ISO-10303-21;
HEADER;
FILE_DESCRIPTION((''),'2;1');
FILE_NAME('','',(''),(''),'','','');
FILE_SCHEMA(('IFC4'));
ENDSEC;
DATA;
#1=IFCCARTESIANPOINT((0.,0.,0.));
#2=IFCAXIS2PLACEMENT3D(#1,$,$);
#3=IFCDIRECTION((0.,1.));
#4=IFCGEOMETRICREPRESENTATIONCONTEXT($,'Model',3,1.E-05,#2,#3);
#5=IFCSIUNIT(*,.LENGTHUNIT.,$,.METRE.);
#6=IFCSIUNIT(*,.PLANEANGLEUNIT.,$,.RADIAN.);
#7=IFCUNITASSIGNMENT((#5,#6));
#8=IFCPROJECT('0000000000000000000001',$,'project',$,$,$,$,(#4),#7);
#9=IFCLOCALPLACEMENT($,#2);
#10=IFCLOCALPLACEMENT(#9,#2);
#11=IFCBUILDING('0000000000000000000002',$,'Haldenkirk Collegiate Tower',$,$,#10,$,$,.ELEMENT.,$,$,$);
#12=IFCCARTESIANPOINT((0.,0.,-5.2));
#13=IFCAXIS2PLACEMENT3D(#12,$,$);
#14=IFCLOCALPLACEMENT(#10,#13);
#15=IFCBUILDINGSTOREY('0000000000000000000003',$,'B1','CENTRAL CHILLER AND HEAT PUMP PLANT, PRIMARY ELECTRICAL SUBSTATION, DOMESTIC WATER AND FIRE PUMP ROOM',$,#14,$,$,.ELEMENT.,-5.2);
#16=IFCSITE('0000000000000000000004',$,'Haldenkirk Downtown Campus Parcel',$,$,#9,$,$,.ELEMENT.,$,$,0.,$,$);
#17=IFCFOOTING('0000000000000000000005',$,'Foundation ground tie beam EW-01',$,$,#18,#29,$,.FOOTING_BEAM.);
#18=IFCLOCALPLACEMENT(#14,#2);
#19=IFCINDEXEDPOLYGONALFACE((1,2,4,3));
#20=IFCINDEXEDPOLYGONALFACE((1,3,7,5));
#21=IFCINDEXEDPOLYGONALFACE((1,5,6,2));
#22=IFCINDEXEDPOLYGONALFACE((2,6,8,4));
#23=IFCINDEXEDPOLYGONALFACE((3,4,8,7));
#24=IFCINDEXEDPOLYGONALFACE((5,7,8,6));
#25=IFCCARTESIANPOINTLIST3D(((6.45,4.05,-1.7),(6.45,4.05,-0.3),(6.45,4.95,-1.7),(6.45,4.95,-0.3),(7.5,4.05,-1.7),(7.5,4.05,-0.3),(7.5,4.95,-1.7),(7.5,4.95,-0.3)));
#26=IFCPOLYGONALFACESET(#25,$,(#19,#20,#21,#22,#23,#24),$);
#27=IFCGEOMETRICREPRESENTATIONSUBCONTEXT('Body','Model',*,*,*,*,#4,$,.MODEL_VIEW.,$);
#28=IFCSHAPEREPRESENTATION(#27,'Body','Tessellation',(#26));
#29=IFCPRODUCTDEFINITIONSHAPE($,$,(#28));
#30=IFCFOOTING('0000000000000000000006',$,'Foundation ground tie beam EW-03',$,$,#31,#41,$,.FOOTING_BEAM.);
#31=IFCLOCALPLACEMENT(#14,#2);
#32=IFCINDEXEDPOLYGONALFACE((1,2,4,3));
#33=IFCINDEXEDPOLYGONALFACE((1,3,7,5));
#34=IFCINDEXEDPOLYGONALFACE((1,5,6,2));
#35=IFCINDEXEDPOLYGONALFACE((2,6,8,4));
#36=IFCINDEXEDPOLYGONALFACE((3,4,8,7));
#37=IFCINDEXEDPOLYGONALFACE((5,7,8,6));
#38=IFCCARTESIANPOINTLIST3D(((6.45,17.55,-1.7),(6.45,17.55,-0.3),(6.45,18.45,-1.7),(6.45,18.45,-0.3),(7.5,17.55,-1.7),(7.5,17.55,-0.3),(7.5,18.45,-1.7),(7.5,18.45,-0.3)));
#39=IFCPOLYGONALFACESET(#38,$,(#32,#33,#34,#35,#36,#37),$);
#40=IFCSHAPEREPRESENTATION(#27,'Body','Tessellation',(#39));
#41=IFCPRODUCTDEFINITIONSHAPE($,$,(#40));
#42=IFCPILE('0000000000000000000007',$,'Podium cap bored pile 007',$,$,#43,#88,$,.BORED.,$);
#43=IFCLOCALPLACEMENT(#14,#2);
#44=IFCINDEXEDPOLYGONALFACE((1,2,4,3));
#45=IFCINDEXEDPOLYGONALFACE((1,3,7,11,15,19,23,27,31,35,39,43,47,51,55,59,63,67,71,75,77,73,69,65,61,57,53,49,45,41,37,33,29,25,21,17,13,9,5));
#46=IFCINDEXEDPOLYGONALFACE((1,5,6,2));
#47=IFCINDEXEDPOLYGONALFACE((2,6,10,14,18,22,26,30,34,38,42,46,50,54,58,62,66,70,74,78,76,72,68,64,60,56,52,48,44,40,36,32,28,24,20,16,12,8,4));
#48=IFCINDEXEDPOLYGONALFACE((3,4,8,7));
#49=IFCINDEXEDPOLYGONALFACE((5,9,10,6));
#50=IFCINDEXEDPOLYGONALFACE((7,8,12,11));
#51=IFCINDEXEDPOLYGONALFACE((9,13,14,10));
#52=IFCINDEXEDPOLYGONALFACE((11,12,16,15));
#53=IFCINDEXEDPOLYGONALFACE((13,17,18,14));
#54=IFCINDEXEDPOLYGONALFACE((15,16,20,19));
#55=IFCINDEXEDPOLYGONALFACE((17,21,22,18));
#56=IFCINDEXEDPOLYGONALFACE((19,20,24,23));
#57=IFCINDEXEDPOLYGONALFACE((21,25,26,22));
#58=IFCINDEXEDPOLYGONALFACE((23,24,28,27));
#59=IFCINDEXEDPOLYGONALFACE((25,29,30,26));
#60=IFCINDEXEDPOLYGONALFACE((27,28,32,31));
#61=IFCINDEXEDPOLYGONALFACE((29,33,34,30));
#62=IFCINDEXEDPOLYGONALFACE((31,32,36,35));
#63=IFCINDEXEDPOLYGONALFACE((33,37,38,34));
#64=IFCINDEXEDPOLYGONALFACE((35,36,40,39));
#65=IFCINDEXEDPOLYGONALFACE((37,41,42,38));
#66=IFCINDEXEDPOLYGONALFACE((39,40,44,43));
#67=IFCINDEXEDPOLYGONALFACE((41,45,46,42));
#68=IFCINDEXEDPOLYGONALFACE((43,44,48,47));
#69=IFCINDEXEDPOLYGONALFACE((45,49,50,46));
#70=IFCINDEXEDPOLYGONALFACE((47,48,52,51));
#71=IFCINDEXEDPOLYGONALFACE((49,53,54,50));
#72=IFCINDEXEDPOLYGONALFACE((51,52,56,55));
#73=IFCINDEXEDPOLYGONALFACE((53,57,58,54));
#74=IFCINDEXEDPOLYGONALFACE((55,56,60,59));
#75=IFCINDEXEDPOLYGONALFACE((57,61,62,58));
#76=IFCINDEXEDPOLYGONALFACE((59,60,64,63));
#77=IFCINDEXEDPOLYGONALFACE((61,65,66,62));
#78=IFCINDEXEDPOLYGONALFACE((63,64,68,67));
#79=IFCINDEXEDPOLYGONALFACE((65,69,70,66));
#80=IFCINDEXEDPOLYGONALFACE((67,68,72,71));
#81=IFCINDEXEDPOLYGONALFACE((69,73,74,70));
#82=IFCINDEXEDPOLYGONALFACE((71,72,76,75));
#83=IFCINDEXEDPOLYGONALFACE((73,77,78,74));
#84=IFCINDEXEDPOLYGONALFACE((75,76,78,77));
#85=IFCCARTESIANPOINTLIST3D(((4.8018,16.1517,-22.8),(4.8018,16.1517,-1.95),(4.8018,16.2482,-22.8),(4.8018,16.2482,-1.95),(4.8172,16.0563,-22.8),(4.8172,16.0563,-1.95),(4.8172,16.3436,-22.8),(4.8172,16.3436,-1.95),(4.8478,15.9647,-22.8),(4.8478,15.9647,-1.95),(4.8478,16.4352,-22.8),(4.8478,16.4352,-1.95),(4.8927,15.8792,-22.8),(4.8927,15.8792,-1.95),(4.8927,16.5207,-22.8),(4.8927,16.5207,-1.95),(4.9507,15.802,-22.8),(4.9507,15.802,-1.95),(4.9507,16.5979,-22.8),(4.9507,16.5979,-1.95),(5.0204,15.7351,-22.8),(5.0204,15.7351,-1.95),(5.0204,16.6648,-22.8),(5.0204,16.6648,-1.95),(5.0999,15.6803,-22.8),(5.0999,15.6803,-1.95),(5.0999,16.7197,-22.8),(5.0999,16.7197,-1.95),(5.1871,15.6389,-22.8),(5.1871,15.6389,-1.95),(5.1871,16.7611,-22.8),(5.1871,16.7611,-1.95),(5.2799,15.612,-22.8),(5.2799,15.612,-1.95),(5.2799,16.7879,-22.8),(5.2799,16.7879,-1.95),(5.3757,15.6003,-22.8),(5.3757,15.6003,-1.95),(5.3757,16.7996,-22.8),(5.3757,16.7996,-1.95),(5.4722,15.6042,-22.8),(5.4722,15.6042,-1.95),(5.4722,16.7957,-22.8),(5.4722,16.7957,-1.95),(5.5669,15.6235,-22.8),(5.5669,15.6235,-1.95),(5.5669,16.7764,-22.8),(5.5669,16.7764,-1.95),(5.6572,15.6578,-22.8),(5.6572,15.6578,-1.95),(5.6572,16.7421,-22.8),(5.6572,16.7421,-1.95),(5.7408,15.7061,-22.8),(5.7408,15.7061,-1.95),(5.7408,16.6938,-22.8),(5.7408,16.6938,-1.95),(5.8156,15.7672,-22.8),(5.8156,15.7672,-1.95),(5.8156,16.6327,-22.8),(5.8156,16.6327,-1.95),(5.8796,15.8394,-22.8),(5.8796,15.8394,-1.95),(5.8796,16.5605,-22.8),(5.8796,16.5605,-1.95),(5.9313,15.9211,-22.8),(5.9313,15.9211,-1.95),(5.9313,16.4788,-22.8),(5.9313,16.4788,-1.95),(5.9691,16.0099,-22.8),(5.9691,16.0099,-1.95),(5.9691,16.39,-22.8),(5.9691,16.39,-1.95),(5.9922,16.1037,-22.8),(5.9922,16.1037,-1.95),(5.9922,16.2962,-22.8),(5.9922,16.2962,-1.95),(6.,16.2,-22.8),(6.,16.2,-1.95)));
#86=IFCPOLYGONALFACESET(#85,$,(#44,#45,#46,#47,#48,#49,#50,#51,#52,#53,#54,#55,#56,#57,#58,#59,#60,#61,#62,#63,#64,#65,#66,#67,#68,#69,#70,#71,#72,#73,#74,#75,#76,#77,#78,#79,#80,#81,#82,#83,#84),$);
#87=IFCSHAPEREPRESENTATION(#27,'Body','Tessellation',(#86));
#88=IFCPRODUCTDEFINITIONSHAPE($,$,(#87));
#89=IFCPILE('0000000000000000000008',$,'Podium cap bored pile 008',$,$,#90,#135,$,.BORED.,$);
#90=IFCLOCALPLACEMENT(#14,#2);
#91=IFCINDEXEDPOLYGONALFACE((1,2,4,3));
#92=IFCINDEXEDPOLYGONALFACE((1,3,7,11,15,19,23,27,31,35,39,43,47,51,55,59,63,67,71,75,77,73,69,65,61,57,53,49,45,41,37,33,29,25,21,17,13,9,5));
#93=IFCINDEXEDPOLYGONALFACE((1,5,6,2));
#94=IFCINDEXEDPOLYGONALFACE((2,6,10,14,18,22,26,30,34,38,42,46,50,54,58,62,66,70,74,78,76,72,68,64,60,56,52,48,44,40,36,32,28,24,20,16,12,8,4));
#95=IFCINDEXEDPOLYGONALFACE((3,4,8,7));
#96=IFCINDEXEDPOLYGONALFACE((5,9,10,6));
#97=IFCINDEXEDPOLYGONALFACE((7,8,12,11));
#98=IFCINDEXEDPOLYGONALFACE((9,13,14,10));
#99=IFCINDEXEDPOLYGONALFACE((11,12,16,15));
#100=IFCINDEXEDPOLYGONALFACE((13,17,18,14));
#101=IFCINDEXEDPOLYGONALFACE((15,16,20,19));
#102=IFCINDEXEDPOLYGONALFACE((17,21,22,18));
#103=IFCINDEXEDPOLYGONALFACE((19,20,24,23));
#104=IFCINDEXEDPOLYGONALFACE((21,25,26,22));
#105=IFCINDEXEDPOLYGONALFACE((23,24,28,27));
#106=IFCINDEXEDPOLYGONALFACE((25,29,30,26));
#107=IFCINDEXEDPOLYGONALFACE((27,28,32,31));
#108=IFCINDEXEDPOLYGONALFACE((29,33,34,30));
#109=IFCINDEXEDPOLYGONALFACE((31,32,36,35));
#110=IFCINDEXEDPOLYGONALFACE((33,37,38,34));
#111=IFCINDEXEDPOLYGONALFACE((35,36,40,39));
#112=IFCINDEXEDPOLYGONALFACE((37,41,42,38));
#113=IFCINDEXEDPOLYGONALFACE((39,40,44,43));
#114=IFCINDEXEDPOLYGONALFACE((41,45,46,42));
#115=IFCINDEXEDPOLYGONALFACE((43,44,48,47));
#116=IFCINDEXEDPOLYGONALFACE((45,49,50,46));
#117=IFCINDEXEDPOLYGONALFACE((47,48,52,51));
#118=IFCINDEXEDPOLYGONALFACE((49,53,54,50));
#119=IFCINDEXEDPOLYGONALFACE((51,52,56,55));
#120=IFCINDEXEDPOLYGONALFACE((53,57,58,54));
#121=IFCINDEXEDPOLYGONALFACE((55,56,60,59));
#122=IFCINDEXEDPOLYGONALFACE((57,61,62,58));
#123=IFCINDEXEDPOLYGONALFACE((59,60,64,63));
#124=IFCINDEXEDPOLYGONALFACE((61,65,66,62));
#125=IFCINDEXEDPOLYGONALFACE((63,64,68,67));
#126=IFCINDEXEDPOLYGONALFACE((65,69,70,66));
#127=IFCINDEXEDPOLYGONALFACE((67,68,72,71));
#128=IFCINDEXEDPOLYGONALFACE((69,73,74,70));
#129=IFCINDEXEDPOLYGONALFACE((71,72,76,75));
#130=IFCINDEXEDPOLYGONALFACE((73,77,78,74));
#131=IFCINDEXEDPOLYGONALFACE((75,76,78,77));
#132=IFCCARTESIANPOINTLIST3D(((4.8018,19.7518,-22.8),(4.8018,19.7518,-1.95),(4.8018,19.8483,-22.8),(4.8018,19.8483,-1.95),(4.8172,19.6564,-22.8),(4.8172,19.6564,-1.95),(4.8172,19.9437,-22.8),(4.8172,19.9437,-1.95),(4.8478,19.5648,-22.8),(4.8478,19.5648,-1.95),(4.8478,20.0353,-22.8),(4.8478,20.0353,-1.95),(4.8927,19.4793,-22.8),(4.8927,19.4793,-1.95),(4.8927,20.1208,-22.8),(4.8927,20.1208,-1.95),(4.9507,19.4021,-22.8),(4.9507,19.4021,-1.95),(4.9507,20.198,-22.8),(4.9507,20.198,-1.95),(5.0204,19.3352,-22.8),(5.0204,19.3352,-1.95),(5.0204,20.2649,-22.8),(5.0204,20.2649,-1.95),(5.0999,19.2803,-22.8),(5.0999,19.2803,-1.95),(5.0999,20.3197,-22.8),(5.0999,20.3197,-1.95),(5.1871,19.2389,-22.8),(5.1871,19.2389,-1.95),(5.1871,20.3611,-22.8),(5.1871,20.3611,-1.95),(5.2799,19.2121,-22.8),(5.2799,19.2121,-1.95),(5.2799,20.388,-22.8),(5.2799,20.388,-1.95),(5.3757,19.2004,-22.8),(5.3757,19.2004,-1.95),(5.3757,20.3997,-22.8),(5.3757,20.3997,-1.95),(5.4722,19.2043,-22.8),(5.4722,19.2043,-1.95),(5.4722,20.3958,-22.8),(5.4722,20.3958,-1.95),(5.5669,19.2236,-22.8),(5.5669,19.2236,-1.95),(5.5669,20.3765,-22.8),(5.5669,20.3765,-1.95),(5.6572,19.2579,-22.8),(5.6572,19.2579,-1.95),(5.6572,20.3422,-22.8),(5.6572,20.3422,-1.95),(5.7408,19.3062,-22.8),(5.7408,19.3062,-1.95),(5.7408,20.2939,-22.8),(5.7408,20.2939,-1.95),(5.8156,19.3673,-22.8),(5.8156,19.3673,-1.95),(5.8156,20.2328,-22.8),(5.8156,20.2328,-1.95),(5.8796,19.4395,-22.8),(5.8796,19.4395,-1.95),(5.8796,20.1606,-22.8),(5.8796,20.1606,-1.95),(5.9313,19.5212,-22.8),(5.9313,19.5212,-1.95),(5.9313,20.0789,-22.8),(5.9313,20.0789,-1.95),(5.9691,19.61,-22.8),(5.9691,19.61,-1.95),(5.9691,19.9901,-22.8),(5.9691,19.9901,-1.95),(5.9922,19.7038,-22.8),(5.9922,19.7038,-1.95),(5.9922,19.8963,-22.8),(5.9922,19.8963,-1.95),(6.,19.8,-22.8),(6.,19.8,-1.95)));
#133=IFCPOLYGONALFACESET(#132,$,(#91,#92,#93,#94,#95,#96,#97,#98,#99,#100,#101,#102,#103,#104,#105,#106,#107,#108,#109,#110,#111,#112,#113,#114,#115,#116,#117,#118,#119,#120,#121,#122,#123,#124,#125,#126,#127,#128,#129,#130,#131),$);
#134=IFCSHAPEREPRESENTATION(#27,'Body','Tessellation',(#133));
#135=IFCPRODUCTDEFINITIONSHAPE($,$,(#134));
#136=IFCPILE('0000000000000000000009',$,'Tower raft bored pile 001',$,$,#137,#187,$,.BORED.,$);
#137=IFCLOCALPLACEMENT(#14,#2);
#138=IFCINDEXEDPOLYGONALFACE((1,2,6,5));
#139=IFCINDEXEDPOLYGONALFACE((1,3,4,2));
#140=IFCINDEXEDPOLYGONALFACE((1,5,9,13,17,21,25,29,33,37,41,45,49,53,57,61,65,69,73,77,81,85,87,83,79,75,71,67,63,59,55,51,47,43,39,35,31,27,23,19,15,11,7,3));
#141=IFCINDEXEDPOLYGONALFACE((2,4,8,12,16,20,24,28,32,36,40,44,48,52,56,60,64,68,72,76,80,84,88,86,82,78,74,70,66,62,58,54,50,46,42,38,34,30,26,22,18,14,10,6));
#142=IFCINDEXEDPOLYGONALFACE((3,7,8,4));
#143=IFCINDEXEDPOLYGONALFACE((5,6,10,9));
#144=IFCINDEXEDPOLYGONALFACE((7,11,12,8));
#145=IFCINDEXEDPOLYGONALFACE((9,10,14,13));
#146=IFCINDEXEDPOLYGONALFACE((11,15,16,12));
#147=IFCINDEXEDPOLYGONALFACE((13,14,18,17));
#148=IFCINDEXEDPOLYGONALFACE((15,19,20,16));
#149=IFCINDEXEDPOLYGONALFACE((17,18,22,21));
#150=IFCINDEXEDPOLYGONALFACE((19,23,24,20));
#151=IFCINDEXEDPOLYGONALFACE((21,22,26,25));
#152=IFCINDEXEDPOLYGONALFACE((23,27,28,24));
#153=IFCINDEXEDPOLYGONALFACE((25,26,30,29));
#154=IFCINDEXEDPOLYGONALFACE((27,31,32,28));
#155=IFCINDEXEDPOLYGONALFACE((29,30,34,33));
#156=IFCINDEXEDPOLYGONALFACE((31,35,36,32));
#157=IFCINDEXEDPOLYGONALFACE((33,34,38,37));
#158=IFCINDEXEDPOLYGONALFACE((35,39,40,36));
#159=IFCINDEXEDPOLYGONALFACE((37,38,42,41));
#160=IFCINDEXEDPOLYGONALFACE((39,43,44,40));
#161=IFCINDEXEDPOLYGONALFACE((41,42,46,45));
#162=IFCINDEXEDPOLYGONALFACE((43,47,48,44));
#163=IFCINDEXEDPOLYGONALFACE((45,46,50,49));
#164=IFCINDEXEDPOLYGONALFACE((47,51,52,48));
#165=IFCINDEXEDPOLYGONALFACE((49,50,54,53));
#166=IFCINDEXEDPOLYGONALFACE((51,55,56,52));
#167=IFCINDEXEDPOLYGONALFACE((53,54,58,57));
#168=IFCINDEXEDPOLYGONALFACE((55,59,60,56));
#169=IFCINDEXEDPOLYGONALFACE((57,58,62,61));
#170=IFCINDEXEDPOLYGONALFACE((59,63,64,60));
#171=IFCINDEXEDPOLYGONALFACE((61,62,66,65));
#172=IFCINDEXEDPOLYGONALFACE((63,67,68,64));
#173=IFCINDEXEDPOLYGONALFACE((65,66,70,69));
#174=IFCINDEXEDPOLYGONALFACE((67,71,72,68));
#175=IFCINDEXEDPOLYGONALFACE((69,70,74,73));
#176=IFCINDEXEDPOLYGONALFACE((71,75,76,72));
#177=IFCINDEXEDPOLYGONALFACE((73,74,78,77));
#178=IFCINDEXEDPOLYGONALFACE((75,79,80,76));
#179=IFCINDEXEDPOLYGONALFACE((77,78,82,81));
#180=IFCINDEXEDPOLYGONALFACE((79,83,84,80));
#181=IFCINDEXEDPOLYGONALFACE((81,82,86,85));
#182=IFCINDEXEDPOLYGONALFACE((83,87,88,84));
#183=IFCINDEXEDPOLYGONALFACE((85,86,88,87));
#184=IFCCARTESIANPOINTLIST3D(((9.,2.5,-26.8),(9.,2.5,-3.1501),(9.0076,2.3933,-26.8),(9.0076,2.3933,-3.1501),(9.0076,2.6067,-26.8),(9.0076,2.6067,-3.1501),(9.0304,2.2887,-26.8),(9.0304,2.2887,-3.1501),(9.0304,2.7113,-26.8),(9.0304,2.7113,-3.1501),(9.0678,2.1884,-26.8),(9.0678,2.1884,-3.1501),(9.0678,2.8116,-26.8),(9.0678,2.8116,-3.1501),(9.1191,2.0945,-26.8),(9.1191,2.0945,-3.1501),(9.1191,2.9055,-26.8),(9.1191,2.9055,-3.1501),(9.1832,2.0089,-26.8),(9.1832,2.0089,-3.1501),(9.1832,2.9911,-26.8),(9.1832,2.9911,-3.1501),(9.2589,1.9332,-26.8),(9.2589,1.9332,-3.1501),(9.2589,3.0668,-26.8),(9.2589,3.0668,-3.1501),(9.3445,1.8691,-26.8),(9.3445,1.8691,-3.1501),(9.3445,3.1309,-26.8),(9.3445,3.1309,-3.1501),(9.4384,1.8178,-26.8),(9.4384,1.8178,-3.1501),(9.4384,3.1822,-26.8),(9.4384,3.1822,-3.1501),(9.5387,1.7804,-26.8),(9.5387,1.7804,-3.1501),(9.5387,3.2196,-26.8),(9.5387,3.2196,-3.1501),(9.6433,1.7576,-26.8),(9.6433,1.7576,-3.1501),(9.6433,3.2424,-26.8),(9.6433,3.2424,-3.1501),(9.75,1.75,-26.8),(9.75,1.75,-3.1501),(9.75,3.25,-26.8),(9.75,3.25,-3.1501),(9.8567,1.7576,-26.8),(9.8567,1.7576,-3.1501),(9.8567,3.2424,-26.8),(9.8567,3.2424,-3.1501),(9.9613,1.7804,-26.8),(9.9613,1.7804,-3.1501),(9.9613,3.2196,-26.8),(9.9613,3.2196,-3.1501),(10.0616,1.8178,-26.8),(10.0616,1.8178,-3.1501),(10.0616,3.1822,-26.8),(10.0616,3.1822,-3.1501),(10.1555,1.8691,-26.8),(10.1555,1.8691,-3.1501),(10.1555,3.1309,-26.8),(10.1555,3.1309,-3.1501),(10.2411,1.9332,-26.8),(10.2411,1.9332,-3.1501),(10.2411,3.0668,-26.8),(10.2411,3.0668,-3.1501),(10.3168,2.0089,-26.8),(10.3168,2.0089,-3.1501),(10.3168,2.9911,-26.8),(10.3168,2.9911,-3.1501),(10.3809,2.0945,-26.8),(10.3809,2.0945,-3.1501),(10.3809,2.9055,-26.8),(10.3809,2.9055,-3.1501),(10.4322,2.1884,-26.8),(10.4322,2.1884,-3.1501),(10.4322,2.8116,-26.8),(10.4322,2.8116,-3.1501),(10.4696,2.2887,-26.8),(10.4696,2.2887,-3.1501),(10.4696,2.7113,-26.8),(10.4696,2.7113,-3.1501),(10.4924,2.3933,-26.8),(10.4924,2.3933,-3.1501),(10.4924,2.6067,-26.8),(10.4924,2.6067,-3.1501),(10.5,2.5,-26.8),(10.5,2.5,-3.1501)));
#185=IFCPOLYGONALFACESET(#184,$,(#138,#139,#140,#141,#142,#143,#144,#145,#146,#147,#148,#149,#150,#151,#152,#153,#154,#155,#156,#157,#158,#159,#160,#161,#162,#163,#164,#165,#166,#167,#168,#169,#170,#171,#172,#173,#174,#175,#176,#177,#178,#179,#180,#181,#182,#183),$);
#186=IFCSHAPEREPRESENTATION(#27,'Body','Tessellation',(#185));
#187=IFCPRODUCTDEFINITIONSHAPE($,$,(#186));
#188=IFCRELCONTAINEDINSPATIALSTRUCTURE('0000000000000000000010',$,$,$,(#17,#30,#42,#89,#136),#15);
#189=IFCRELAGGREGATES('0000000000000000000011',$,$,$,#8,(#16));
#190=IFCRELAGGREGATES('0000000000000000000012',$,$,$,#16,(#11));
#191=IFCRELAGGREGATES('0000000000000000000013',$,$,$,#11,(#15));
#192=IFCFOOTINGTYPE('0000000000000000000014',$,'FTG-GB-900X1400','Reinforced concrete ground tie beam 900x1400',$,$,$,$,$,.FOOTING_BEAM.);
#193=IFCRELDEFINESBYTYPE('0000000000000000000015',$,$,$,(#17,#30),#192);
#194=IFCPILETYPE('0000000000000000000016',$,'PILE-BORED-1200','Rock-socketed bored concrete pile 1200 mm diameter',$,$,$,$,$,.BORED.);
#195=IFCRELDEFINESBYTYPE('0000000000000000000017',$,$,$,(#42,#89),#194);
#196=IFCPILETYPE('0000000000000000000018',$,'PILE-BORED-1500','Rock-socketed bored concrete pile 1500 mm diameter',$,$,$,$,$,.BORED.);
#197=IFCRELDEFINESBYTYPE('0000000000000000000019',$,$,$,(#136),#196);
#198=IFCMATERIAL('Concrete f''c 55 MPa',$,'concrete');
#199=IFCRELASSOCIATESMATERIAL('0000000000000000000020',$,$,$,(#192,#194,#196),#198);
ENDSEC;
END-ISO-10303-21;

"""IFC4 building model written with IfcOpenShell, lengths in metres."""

from ifc_helpers import new_model, si_unit, direction, frame, origin, origin_2d, place, context, subcontext, project, spatial, rectangle, circle, extrude, material, material_profile, profile_set, type_object, element, save


model = new_model("IFC4")

# Units and contexts
model_context = context("Model", 3, precision=1e-05, world=origin(), true_north=direction((0.0, 1.0)))
body_context = subcontext(model_context, "Body", "Model", "MODEL_VIEW")
ifc_project = project(units=[si_unit("LENGTHUNIT", "METRE"), si_unit("PLANEANGLEUNIT", "RADIAN")], contexts=[model_context])

# Site, building, storey
site_placement = place(None, origin())
site = spatial("IfcSite", under=ifc_project, at=site_placement, Name="Haldenkirk Downtown Campus Parcel", CompositionType="ELEMENT", RefElevation=0.0)
building_placement = place(site_placement, origin())
building = spatial("IfcBuilding", under=site, at=building_placement, Name="Haldenkirk Collegiate Tower", CompositionType="ELEMENT")
storey_placement = place(building_placement, frame((0.0, 0.0, -5.2)))
storey = spatial("IfcBuildingStorey", under=building, at=storey_placement, Name="B1", Description="CENTRAL CHILLER AND HEAT PUMP PLANT, PRIMARY ELECTRICAL SUBSTATION, DOMESTIC WATER AND FIRE PUMP ROOM", CompositionType="ELEMENT", Elevation=-5.2)

# Footings
ifc_material_1 = material(Name="Concrete f'c 55 MPa", Category="concrete")
ifc_material_profile_1 = material_profile(ifc_material_1, rectangle(XDim=0.8999, YDim=1.3999, at=origin_2d()), Name="RCGB900X1400")
ifc_profile_set_1 = profile_set([ifc_material_profile_1], Name="Concrete f'c 55 MPa")
footing_type = type_object("IfcFootingType", Name="FTG-GB-900X1400", Description="Reinforced concrete ground tie beam 900x1400", PredefinedType="FOOTING_BEAM", material=ifc_profile_set_1)
for number, where, z_axis, x_axis, name in (
    (1, (6.45, 4.5, -1.0), (1.0, 0.0, 0.0), (0.0, 1.0, 0.0), "Foundation ground tie beam EW-01"),
    (2, (6.45, 18.0, -1.0), (1.0, 0.0, 0.0), (0.0, 1.0, 0.0), "Foundation ground tie beam EW-03"),
):
    element("IfcFooting", number, at=place(storey_placement, frame(where, z_axis=z_axis, x_axis=x_axis)), inside=storey, type_object=footing_type, Name=name, PredefinedType="FOOTING_BEAM", context=body_context, shape_type="SweptSolid", body=[
        extrude(rectangle(XDim=0.8999, YDim=1.3999, at=origin_2d()), origin(), (0.0, 0.0, 1.0), 1.05),
    ])

# Piles
ifc_material_profile_2 = material_profile(ifc_material_1, circle(Radius=0.6001, at=origin_2d()), Name="PILE1200")
ifc_profile_set_2 = profile_set([ifc_material_profile_2], Name="Concrete f'c 55 MPa")
pile_type_1 = type_object("IfcPileType", Name="PILE-BORED-1200", Description="Rock-socketed bored concrete pile 1200 mm diameter", PredefinedType="BORED", material=ifc_profile_set_2)
for number, where, z_axis, x_axis, name in (
    (3, (5.3999, 16.2, -1.95), (0.0, 0.0, -1.0), (1.0, 0.0, 0.0), "Podium cap bored pile 007"),
    (4, (5.3999, 19.8, -1.95), (0.0, 0.0, -1.0), (1.0, 0.0, 0.0), "Podium cap bored pile 008"),
):
    element("IfcPile", number, at=place(storey_placement, frame(where, z_axis=z_axis, x_axis=x_axis)), inside=storey, type_object=pile_type_1, Name=name, PredefinedType="BORED", context=body_context, shape_type="SweptSolid", body=[
        extrude(circle(Radius=0.6001, at=origin_2d()), origin(), (0.0, 0.0, 1.0), 20.8501),
    ])
ifc_material_profile_3 = material_profile(ifc_material_1, circle(Radius=0.75, at=origin_2d()), Name="PILE1500")
ifc_profile_set_3 = profile_set([ifc_material_profile_3], Name="Concrete f'c 55 MPa")
pile_type_2 = type_object("IfcPileType", Name="PILE-BORED-1500", Description="Rock-socketed bored concrete pile 1500 mm diameter", PredefinedType="BORED", material=ifc_profile_set_3)
for number, where, z_axis, x_axis, name in (
    (5, (9.75, 2.5, -3.1501), (0.0, 0.0, -1.0), (1.0, 0.0, 0.0), "Tower raft bored pile 001"),
):
    element("IfcPile", number, at=place(storey_placement, frame(where, z_axis=z_axis, x_axis=x_axis)), inside=storey, type_object=pile_type_2, Name=name, PredefinedType="BORED", context=body_context, shape_type="SweptSolid", body=[
        extrude(circle(Radius=0.75, at=origin_2d()), origin(), (0.0, 0.0, 1.0), 23.6499),
    ])

save(model, "model.ifc")
